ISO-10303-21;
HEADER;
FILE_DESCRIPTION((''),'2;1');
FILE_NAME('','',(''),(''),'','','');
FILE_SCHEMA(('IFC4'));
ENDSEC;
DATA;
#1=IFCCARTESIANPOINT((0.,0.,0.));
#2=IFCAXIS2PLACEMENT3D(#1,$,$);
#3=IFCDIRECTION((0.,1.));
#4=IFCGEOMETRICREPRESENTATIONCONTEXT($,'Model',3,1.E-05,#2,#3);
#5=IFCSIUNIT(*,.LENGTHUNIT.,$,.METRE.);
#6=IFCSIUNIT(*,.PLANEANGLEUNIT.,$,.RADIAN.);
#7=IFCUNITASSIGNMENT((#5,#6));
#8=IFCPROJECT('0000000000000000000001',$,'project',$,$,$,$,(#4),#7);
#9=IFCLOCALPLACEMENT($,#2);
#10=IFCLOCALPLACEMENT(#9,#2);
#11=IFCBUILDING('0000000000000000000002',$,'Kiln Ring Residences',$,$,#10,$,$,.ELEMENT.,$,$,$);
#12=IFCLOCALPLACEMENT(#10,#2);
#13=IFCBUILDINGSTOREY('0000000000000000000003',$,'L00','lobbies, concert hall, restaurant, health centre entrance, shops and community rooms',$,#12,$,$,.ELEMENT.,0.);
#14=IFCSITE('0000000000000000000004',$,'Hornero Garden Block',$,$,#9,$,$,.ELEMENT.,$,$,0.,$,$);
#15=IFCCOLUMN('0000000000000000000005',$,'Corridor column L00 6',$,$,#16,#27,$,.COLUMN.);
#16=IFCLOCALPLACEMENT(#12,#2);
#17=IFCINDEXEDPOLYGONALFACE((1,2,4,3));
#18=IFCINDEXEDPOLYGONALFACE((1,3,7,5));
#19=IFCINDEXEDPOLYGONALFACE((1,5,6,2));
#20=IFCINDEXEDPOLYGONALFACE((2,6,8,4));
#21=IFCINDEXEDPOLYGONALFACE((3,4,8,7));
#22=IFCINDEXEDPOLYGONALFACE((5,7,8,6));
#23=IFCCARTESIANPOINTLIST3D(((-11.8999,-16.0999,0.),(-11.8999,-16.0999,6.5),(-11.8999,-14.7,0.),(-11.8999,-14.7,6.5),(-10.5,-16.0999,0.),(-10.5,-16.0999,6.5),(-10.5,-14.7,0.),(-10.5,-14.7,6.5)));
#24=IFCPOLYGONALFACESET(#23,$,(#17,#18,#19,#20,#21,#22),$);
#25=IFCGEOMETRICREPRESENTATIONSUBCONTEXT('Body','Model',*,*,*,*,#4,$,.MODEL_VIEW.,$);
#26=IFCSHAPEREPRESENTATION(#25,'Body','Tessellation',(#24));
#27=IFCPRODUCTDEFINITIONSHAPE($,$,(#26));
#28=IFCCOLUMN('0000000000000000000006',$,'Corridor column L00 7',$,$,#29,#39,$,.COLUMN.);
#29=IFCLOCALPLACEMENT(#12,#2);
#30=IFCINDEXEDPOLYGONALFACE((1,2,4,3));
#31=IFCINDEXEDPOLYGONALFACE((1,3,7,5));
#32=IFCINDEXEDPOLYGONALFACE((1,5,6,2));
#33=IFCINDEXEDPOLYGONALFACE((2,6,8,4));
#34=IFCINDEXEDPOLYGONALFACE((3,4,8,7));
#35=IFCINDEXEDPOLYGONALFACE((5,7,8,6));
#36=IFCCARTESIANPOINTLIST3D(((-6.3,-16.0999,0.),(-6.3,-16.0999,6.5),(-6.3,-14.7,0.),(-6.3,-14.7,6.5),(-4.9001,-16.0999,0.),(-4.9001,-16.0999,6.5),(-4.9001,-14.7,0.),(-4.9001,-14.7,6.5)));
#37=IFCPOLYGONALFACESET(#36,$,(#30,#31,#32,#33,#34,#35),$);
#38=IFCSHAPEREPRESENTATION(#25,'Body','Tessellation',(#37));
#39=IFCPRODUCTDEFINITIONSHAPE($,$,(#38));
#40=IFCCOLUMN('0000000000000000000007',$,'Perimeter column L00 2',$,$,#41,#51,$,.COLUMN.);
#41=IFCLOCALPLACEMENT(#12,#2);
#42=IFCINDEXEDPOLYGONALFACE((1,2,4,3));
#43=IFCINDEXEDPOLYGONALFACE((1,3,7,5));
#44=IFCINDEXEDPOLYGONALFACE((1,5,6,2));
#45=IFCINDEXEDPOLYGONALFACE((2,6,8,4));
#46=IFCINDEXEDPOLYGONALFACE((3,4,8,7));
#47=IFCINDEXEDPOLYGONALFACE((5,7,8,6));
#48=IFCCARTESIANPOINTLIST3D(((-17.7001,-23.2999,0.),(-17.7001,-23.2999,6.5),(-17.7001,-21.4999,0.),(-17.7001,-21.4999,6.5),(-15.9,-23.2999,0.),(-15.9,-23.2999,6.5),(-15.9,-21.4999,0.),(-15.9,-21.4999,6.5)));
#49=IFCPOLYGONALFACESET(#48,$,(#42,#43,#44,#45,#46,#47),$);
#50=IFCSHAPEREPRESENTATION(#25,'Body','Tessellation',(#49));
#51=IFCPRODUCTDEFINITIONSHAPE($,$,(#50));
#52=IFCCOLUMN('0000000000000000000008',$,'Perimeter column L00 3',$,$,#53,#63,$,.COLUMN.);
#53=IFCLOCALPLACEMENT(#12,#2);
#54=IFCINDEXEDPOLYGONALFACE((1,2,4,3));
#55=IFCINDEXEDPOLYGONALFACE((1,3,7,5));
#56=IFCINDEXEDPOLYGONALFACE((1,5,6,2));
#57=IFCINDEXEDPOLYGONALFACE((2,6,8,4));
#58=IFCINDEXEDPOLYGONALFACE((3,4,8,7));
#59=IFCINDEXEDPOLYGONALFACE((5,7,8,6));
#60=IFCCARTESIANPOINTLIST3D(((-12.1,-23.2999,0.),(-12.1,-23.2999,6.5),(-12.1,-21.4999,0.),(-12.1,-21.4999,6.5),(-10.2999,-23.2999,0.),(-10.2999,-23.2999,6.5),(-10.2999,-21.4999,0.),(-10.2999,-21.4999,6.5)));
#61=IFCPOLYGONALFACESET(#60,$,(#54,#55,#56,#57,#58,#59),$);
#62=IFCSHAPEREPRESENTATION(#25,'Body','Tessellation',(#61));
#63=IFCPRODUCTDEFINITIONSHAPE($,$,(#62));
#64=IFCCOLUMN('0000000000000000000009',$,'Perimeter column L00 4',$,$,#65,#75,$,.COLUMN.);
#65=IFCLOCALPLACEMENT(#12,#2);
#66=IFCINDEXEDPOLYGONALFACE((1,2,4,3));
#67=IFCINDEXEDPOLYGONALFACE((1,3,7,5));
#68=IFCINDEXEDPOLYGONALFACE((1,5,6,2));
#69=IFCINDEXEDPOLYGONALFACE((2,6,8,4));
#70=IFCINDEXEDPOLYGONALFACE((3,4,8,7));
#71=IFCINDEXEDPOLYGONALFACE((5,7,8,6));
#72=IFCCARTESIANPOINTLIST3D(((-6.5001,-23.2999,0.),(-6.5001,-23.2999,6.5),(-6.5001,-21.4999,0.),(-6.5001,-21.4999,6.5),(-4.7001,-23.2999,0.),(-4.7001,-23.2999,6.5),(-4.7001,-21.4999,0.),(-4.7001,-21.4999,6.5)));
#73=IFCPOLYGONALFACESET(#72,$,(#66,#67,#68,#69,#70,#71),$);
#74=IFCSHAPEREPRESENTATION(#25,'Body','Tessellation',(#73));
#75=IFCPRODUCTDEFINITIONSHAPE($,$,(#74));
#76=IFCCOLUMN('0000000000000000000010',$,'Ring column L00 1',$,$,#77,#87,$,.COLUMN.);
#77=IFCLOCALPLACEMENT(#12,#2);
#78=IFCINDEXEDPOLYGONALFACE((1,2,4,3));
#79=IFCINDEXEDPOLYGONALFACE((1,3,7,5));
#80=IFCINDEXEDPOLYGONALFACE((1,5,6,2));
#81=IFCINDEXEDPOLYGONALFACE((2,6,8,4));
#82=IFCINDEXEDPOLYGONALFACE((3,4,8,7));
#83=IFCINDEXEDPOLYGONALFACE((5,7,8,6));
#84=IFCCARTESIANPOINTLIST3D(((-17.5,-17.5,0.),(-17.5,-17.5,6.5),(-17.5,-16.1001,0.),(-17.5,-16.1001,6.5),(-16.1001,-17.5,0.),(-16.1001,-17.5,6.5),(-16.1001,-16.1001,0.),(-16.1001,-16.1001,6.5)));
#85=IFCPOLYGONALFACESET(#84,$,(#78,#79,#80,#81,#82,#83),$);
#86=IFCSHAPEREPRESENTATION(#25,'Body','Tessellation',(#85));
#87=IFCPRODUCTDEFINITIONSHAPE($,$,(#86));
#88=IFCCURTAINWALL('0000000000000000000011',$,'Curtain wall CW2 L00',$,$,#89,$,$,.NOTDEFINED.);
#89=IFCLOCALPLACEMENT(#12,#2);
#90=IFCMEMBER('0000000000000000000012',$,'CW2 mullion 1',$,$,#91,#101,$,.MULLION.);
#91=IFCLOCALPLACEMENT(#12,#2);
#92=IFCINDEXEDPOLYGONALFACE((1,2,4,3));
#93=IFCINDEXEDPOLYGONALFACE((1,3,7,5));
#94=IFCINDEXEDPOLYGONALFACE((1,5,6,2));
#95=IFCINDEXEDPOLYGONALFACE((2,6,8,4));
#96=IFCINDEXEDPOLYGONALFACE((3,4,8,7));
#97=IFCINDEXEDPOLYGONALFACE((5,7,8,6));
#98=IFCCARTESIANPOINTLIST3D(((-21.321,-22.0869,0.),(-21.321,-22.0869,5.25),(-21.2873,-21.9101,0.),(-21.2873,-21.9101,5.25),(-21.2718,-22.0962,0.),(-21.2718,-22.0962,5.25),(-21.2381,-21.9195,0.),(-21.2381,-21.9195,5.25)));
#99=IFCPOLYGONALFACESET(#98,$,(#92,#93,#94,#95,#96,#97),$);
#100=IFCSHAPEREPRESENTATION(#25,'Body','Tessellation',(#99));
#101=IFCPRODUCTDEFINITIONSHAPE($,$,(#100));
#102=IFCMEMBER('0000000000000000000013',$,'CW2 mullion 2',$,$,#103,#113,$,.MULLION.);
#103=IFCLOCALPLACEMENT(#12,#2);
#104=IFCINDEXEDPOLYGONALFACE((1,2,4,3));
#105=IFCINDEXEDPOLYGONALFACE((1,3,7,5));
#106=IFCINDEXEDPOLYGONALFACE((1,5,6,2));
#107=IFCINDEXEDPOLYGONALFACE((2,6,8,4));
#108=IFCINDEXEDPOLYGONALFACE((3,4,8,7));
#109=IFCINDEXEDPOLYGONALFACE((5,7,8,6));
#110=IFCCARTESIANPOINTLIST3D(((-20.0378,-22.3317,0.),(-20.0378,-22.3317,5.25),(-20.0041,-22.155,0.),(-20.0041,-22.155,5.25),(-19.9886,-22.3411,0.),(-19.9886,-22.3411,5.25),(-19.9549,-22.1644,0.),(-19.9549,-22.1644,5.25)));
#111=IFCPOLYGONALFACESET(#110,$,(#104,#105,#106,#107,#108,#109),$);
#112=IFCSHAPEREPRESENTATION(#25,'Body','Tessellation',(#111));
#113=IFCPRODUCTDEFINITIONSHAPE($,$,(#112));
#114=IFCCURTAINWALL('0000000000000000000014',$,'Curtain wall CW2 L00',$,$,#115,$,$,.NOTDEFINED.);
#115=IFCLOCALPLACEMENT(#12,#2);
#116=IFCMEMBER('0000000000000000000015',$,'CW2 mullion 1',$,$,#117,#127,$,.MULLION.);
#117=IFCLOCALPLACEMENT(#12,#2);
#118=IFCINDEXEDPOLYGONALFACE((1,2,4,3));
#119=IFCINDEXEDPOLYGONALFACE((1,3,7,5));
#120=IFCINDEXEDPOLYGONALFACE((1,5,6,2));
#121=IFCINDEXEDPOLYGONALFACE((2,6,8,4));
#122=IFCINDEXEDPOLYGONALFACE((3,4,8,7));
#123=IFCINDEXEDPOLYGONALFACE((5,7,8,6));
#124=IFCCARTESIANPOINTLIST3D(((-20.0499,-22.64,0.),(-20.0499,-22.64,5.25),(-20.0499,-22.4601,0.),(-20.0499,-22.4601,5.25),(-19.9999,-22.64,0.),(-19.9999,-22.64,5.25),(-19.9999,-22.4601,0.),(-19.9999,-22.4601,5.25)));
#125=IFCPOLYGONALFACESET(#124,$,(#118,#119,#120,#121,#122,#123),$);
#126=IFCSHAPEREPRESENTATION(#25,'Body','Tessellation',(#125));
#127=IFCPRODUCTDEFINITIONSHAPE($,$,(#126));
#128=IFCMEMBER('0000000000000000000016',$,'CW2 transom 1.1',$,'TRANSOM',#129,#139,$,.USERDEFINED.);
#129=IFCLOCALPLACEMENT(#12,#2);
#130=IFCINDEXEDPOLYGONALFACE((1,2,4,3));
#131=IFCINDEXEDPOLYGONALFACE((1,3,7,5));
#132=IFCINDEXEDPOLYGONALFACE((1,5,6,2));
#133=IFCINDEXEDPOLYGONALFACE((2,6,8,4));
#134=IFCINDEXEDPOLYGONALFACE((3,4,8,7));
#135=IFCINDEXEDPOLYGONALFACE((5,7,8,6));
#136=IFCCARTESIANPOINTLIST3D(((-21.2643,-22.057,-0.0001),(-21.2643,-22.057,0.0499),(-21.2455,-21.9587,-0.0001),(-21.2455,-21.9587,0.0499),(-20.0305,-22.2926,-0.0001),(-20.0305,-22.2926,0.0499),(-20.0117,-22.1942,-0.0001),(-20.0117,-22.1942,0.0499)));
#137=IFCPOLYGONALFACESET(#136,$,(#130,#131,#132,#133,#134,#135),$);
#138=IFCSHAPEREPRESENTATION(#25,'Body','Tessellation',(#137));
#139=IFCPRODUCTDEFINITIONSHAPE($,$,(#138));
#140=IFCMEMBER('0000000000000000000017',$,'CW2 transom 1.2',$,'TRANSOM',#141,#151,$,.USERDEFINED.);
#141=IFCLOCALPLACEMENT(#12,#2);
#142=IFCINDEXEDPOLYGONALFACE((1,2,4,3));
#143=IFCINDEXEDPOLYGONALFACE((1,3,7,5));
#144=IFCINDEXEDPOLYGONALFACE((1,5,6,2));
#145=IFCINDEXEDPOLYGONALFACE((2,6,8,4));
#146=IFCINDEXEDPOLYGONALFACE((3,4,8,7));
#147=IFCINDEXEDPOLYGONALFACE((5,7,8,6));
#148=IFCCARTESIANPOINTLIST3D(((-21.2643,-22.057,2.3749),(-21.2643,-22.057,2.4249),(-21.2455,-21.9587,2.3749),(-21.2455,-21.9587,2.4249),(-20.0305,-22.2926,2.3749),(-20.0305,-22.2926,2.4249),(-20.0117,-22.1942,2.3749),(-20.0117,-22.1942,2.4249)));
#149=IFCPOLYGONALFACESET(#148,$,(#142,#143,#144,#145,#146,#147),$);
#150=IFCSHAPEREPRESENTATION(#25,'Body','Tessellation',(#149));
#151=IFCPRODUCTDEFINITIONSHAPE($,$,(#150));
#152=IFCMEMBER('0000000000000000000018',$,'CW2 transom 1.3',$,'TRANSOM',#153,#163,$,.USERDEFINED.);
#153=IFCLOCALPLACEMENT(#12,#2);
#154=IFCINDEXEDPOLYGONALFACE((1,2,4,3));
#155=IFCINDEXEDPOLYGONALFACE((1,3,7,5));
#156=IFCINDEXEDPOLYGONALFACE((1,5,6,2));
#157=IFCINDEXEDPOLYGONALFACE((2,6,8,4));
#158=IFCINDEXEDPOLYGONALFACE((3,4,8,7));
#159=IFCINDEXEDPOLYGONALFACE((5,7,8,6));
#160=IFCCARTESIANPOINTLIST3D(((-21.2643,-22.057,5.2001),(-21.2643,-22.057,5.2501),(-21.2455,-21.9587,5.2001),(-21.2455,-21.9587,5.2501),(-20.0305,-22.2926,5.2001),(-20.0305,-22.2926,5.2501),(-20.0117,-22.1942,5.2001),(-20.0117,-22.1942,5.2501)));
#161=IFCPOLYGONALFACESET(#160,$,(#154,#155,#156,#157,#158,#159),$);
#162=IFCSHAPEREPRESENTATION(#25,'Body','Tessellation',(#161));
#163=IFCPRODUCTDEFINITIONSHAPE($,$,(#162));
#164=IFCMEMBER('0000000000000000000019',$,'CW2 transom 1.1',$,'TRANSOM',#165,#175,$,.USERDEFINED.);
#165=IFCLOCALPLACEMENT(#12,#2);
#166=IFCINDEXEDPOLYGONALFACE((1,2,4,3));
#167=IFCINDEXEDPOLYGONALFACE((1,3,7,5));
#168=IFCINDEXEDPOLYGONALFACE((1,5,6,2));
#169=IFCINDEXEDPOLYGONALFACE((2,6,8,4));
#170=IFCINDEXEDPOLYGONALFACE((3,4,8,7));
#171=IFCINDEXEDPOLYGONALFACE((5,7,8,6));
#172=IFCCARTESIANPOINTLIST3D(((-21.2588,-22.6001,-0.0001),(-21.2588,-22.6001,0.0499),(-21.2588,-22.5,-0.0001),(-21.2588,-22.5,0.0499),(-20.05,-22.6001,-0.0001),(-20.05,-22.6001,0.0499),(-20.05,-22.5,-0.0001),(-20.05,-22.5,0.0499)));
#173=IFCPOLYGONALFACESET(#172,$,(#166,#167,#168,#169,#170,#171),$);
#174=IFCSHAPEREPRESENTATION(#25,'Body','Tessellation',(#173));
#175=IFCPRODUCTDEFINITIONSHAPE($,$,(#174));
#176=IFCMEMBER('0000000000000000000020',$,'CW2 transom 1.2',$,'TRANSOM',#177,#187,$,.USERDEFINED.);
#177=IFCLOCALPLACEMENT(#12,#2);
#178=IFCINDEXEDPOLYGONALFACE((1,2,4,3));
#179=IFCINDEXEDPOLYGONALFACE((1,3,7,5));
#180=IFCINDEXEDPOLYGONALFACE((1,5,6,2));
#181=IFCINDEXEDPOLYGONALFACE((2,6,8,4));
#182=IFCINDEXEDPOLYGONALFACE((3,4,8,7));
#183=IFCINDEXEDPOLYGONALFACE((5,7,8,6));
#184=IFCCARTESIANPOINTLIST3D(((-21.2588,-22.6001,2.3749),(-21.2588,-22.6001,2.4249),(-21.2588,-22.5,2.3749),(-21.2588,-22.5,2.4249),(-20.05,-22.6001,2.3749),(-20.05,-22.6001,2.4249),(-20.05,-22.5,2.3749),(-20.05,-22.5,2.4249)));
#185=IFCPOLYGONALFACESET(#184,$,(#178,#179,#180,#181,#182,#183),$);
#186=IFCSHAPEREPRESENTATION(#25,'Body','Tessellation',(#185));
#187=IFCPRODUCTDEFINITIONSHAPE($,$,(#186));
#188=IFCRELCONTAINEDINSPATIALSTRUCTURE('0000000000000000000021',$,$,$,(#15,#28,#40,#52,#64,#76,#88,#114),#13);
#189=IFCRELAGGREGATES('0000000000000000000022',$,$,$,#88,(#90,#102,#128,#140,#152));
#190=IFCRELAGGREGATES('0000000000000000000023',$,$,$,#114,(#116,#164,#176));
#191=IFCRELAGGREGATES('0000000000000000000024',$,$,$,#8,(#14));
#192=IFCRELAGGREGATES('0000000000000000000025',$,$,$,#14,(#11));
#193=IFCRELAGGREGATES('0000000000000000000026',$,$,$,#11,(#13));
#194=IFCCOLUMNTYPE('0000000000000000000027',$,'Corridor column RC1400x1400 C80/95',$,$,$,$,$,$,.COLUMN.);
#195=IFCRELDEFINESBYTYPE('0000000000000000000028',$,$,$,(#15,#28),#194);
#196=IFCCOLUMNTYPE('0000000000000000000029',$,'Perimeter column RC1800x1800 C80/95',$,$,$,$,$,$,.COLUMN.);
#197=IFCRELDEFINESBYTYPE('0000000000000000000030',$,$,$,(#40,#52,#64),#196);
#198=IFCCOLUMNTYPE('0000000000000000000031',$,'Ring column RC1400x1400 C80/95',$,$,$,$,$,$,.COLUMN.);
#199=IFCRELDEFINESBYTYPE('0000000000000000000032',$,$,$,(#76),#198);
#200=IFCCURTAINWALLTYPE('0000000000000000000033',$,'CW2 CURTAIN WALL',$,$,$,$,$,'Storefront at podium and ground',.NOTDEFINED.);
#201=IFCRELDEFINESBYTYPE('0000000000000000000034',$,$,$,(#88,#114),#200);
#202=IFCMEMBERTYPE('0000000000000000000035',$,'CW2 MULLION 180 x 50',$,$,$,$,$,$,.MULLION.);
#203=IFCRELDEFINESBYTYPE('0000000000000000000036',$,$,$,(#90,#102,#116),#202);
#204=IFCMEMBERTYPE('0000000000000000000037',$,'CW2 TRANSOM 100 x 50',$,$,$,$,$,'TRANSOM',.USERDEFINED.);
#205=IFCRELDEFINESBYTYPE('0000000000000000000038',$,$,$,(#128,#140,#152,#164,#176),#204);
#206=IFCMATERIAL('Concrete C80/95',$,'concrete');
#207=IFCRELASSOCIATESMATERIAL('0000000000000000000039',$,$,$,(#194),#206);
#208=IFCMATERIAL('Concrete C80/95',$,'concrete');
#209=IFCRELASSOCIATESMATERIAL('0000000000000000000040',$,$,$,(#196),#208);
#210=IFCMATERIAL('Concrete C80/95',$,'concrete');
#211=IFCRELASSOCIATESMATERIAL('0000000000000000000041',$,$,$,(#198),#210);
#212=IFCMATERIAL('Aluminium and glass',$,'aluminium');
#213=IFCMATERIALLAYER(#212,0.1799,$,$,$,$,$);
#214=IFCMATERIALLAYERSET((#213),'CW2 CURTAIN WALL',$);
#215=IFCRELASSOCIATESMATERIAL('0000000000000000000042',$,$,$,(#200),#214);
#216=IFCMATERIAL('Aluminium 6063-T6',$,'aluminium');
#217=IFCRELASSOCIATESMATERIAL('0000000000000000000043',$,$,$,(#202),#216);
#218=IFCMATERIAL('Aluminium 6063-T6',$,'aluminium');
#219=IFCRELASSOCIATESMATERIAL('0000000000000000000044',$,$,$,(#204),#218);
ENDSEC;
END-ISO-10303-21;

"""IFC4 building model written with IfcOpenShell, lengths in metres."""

from ifc_helpers import new_model, si_unit, direction, frame, origin, origin_2d, place, context, subcontext, project, spatial, rectangle, extrude, material, layer, layer_set, material_profile, profile_set, type_object, element, aggregate, save


model = new_model("IFC4")

# Units and contexts
model_context = context("Model", 3, precision=1e-05, world=origin(), true_north=direction((0.0, 1.0)))
body_context = subcontext(model_context, "Body", "Model", "MODEL_VIEW")
ifc_project = project(units=[si_unit("LENGTHUNIT", "METRE"), si_unit("PLANEANGLEUNIT", "RADIAN")], contexts=[model_context])

# Site, building, storey
site_placement = place(None, origin())
site = spatial("IfcSite", under=ifc_project, at=site_placement, Name="Hornero Garden Block", CompositionType="ELEMENT", RefElevation=0.0)
building_placement = place(site_placement, origin())
building = spatial("IfcBuilding", under=site, at=building_placement, Name="Kiln Ring Residences", CompositionType="ELEMENT")
storey_placement = place(building_placement, origin())
storey = spatial("IfcBuildingStorey", under=building, at=storey_placement, Name="L00", Description="lobbies, concert hall, restaurant, health centre entrance, shops and community rooms", CompositionType="ELEMENT", Elevation=0.0)

# Columns
ifc_material_1 = material(Name="Concrete C80/95", Category="concrete")
ifc_material_profile_1 = material_profile(ifc_material_1, rectangle(XDim=1.3999, YDim=1.3999, at=origin_2d()), Name="RC1400x1400")
ifc_profile_set_1 = profile_set([ifc_material_profile_1], Name="Concrete C80/95")
column_type_1 = type_object("IfcColumnType", Name="Corridor column RC1400x1400 C80/95", PredefinedType="COLUMN", material=ifc_profile_set_1)
for number, where, z_axis, x_axis, name in (
    (1, (-11.2, -15.3999, 0.0), (0.0, 0.0, 1.0), (1.0, 0.0, 0.0), "Corridor column L00 6"),
    (2, (-5.6001, -15.3999, 0.0), (0.0, 0.0, 1.0), (1.0, 0.0, 0.0), "Corridor column L00 7"),
):
    element("IfcColumn", number, at=place(storey_placement, frame(where, z_axis=z_axis, x_axis=x_axis)), inside=storey, type_object=column_type_1, Name=name, PredefinedType="COLUMN", context=body_context, shape_type="SweptSolid", body=[
        extrude(rectangle(XDim=1.3999, YDim=1.3999, at=origin_2d()), origin(), (0.0, 0.0, 1.0), 6.5),
    ])
ifc_material_2 = material(Name="Concrete C80/95", Category="concrete")
ifc_material_profile_2 = material_profile(ifc_material_2, rectangle(XDim=1.8, YDim=1.8, at=origin_2d()), Name="RC1800x1800")
ifc_profile_set_2 = profile_set([ifc_material_profile_2], Name="Concrete C80/95")
column_type_2 = type_object("IfcColumnType", Name="Perimeter column RC1800x1800 C80/95", PredefinedType="COLUMN", material=ifc_profile_set_2)
for number, where, z_axis, x_axis, name in (
    (3, (-16.8, -22.3999, 0.0), (0.0, 0.0, 1.0), (1.0, 0.0, 0.0), "Perimeter column L00 2"),
    (4, (-11.2, -22.3999, 0.0), (0.0, 0.0, 1.0), (1.0, 0.0, 0.0), "Perimeter column L00 3"),
    (5, (-5.6001, -22.3999, 0.0), (0.0, 0.0, 1.0), (1.0, 0.0, 0.0), "Perimeter column L00 4"),
):
    element("IfcColumn", number, at=place(storey_placement, frame(where, z_axis=z_axis, x_axis=x_axis)), inside=storey, type_object=column_type_2, Name=name, PredefinedType="COLUMN", context=body_context, shape_type="SweptSolid", body=[
        extrude(rectangle(XDim=1.8, YDim=1.8, at=origin_2d()), origin(), (0.0, 0.0, 1.0), 6.5),
    ])
ifc_material_3 = material(Name="Concrete C80/95", Category="concrete")
ifc_material_profile_3 = material_profile(ifc_material_3, rectangle(XDim=1.3999, YDim=1.3999, at=origin_2d()), Name="RC1400x1400")
ifc_profile_set_3 = profile_set([ifc_material_profile_3], Name="Concrete C80/95")
column_type_3 = type_object("IfcColumnType", Name="Ring column RC1400x1400 C80/95", PredefinedType="COLUMN", material=ifc_profile_set_3)
column_placement = place(storey_placement, frame((-16.8, -16.8, 0.0), z_axis=(0.0, 0.0, 1.0), x_axis=(1.0, 0.0, 0.0)))
element("IfcColumn", 6, at=column_placement, inside=storey, type_object=column_type_3, Name="Ring column L00 1", PredefinedType="COLUMN", context=body_context, shape_type="SweptSolid", body=[
    extrude(rectangle(XDim=1.3999, YDim=1.3999, at=origin_2d()), origin(), (0.0, 0.0, 1.0), 6.5),
])

# Curtain wall, members
ifc_material_4 = material(Name="Aluminium and glass", Category="aluminium")
ifc_layer_1 = layer(ifc_material_4, 0.1799)
ifc_layer_set_1 = layer_set([ifc_layer_1], Name="CW2 CURTAIN WALL")
curtain_wall_type = type_object("IfcCurtainWallType", Name="CW2 CURTAIN WALL", ElementType="Storefront at podium and ground", PredefinedType="NOTDEFINED", material=ifc_layer_set_1)
placement = place(storey_placement, origin())
curtain_wall_1 = element("IfcCurtainWall", 7, at=placement, inside=storey, type_object=curtain_wall_type, Name="Curtain wall CW2 L00", PredefinedType="NOTDEFINED")
ifc_material_5 = material(Name="Aluminium 6063-T6", Category="aluminium")
ifc_material_profile_4 = material_profile(ifc_material_5, rectangle(XDim=0.1799, YDim=0.05, at=origin_2d()), Name="AL 180x50")
ifc_profile_set_4 = profile_set([ifc_material_profile_4], Name="Aluminium 6063-T6")
member_type_1 = type_object("IfcMemberType", Name="CW2 MULLION 180 x 50", PredefinedType="MULLION", material=ifc_profile_set_4)
member_1_placement = place(storey_placement, frame((-21.2795, -22.0032, 0.0), z_axis=(0.0, 0.0, 1.0), x_axis=(0.187366, 0.98229, 0.0)))
member_1 = element("IfcMember", 8, at=member_1_placement, type_object=member_type_1, Name="CW2 mullion 1", PredefinedType="MULLION", context=body_context, shape_type="SweptSolid", body=[
    extrude(rectangle(XDim=0.1799, YDim=0.05, at=origin_2d()), origin(), (0.0, 0.0, 1.0), 5.25),
])
member_2_placement = place(storey_placement, frame((-19.9963, -22.248, 0.0), z_axis=(0.0, 0.0, 1.0), x_axis=(0.187366, 0.98229, 0.0)))
member_2 = element("IfcMember", 9, at=member_2_placement, type_object=member_type_1, Name="CW2 mullion 2", PredefinedType="MULLION", context=body_context, shape_type="SweptSolid", body=[
    extrude(rectangle(XDim=0.1799, YDim=0.05, at=origin_2d()), origin(), (0.0, 0.0, 1.0), 5.25),
])

# Curtain wall, member
curtain_wall_2 = element("IfcCurtainWall", 10, at=placement, inside=storey, type_object=curtain_wall_type, Name="Curtain wall CW2 L00", PredefinedType="NOTDEFINED")
member_3_placement = place(storey_placement, frame((-20.0249, -22.55, 0.0), z_axis=(0.0, 0.0, 1.0), x_axis=(0.0, -1.0, 0.0)))
member_3 = element("IfcMember", 11, at=member_3_placement, type_object=member_type_1, Name="CW2 mullion 1", PredefinedType="MULLION", context=body_context, shape_type="SweptSolid", body=[
    extrude(rectangle(XDim=0.1799, YDim=0.05, at=origin_2d()), origin(), (0.0, 0.0, 1.0), 5.25),
])

# Members
ifc_material_6 = material(Name="Aluminium 6063-T6", Category="aluminium")
ifc_material_profile_5 = material_profile(ifc_material_6, rectangle(XDim=0.1001, YDim=0.05, at=origin_2d()), Name="AL 100x50")
ifc_profile_set_5 = profile_set([ifc_material_profile_5], Name="Aluminium 6063-T6")
member_type_2 = type_object("IfcMemberType", Name="CW2 TRANSOM 100 x 50", ElementType="TRANSOM", PredefinedType="USERDEFINED", material=ifc_profile_set_5)
member_4_placement = place(storey_placement, frame((-21.2549, -22.0078, 0.0249), z_axis=(0.982255, -0.18755, 0.0), x_axis=(0.18755, 0.982255, 0.0)))
member_4 = element("IfcMember", 12, at=member_4_placement, type_object=member_type_2, Name="CW2 transom 1.1", ObjectType="TRANSOM", PredefinedType="USERDEFINED", context=body_context, shape_type="SweptSolid", body=[
    extrude(rectangle(XDim=0.1001, YDim=0.05, at=origin_2d()), origin(), (0.0, 0.0, 1.0), 1.2561),
])
member_5_placement = place(storey_placement, frame((-21.2549, -22.0078, 2.3999), z_axis=(0.982255, -0.18755, 0.0), x_axis=(0.18755, 0.982255, 0.0)))
member_5 = element("IfcMember", 13, at=member_5_placement, type_object=member_type_2, Name="CW2 transom 1.2", ObjectType="TRANSOM", PredefinedType="USERDEFINED", context=body_context, shape_type="SweptSolid", body=[
    extrude(rectangle(XDim=0.1001, YDim=0.05, at=origin_2d()), origin(), (0.0, 0.0, 1.0), 1.2561),
])
member_6_placement = place(storey_placement, frame((-21.2549, -22.0078, 5.2251), z_axis=(0.982255, -0.18755, 0.0), x_axis=(0.18755, 0.982255, 0.0)))
member_6 = element("IfcMember", 14, at=member_6_placement, type_object=member_type_2, Name="CW2 transom 1.3", ObjectType="TRANSOM", PredefinedType="USERDEFINED", context=body_context, shape_type="SweptSolid", body=[
    extrude(rectangle(XDim=0.1001, YDim=0.05, at=origin_2d()), origin(), (0.0, 0.0, 1.0), 1.2561),
])
member_7_placement = place(storey_placement, frame((-20.05, -22.55, 0.0249), z_axis=(-1.0, 0.0, 0.0), x_axis=(0.0, -1.0, 0.0)))
member_7 = element("IfcMember", 15, at=member_7_placement, type_object=member_type_2, Name="CW2 transom 1.1", ObjectType="TRANSOM", PredefinedType="USERDEFINED", context=body_context, shape_type="SweptSolid", body=[
    extrude(rectangle(XDim=0.1001, YDim=0.05, at=origin_2d()), origin(), (0.0, 0.0, 1.0), 1.2087),
])
member_8_placement = place(storey_placement, frame((-20.05, -22.55, 2.3999), z_axis=(-1.0, 0.0, 0.0), x_axis=(0.0, -1.0, 0.0)))
member_8 = element("IfcMember", 16, at=member_8_placement, type_object=member_type_2, Name="CW2 transom 1.2", ObjectType="TRANSOM", PredefinedType="USERDEFINED", context=body_context, shape_type="SweptSolid", body=[
    extrude(rectangle(XDim=0.1001, YDim=0.05, at=origin_2d()), origin(), (0.0, 0.0, 1.0), 1.2087),
])

aggregate(curtain_wall_1, [member_1, member_2, member_4, member_5, member_6])
aggregate(curtain_wall_2, [member_3, member_7, member_8])

save(model, "model.ifc")
